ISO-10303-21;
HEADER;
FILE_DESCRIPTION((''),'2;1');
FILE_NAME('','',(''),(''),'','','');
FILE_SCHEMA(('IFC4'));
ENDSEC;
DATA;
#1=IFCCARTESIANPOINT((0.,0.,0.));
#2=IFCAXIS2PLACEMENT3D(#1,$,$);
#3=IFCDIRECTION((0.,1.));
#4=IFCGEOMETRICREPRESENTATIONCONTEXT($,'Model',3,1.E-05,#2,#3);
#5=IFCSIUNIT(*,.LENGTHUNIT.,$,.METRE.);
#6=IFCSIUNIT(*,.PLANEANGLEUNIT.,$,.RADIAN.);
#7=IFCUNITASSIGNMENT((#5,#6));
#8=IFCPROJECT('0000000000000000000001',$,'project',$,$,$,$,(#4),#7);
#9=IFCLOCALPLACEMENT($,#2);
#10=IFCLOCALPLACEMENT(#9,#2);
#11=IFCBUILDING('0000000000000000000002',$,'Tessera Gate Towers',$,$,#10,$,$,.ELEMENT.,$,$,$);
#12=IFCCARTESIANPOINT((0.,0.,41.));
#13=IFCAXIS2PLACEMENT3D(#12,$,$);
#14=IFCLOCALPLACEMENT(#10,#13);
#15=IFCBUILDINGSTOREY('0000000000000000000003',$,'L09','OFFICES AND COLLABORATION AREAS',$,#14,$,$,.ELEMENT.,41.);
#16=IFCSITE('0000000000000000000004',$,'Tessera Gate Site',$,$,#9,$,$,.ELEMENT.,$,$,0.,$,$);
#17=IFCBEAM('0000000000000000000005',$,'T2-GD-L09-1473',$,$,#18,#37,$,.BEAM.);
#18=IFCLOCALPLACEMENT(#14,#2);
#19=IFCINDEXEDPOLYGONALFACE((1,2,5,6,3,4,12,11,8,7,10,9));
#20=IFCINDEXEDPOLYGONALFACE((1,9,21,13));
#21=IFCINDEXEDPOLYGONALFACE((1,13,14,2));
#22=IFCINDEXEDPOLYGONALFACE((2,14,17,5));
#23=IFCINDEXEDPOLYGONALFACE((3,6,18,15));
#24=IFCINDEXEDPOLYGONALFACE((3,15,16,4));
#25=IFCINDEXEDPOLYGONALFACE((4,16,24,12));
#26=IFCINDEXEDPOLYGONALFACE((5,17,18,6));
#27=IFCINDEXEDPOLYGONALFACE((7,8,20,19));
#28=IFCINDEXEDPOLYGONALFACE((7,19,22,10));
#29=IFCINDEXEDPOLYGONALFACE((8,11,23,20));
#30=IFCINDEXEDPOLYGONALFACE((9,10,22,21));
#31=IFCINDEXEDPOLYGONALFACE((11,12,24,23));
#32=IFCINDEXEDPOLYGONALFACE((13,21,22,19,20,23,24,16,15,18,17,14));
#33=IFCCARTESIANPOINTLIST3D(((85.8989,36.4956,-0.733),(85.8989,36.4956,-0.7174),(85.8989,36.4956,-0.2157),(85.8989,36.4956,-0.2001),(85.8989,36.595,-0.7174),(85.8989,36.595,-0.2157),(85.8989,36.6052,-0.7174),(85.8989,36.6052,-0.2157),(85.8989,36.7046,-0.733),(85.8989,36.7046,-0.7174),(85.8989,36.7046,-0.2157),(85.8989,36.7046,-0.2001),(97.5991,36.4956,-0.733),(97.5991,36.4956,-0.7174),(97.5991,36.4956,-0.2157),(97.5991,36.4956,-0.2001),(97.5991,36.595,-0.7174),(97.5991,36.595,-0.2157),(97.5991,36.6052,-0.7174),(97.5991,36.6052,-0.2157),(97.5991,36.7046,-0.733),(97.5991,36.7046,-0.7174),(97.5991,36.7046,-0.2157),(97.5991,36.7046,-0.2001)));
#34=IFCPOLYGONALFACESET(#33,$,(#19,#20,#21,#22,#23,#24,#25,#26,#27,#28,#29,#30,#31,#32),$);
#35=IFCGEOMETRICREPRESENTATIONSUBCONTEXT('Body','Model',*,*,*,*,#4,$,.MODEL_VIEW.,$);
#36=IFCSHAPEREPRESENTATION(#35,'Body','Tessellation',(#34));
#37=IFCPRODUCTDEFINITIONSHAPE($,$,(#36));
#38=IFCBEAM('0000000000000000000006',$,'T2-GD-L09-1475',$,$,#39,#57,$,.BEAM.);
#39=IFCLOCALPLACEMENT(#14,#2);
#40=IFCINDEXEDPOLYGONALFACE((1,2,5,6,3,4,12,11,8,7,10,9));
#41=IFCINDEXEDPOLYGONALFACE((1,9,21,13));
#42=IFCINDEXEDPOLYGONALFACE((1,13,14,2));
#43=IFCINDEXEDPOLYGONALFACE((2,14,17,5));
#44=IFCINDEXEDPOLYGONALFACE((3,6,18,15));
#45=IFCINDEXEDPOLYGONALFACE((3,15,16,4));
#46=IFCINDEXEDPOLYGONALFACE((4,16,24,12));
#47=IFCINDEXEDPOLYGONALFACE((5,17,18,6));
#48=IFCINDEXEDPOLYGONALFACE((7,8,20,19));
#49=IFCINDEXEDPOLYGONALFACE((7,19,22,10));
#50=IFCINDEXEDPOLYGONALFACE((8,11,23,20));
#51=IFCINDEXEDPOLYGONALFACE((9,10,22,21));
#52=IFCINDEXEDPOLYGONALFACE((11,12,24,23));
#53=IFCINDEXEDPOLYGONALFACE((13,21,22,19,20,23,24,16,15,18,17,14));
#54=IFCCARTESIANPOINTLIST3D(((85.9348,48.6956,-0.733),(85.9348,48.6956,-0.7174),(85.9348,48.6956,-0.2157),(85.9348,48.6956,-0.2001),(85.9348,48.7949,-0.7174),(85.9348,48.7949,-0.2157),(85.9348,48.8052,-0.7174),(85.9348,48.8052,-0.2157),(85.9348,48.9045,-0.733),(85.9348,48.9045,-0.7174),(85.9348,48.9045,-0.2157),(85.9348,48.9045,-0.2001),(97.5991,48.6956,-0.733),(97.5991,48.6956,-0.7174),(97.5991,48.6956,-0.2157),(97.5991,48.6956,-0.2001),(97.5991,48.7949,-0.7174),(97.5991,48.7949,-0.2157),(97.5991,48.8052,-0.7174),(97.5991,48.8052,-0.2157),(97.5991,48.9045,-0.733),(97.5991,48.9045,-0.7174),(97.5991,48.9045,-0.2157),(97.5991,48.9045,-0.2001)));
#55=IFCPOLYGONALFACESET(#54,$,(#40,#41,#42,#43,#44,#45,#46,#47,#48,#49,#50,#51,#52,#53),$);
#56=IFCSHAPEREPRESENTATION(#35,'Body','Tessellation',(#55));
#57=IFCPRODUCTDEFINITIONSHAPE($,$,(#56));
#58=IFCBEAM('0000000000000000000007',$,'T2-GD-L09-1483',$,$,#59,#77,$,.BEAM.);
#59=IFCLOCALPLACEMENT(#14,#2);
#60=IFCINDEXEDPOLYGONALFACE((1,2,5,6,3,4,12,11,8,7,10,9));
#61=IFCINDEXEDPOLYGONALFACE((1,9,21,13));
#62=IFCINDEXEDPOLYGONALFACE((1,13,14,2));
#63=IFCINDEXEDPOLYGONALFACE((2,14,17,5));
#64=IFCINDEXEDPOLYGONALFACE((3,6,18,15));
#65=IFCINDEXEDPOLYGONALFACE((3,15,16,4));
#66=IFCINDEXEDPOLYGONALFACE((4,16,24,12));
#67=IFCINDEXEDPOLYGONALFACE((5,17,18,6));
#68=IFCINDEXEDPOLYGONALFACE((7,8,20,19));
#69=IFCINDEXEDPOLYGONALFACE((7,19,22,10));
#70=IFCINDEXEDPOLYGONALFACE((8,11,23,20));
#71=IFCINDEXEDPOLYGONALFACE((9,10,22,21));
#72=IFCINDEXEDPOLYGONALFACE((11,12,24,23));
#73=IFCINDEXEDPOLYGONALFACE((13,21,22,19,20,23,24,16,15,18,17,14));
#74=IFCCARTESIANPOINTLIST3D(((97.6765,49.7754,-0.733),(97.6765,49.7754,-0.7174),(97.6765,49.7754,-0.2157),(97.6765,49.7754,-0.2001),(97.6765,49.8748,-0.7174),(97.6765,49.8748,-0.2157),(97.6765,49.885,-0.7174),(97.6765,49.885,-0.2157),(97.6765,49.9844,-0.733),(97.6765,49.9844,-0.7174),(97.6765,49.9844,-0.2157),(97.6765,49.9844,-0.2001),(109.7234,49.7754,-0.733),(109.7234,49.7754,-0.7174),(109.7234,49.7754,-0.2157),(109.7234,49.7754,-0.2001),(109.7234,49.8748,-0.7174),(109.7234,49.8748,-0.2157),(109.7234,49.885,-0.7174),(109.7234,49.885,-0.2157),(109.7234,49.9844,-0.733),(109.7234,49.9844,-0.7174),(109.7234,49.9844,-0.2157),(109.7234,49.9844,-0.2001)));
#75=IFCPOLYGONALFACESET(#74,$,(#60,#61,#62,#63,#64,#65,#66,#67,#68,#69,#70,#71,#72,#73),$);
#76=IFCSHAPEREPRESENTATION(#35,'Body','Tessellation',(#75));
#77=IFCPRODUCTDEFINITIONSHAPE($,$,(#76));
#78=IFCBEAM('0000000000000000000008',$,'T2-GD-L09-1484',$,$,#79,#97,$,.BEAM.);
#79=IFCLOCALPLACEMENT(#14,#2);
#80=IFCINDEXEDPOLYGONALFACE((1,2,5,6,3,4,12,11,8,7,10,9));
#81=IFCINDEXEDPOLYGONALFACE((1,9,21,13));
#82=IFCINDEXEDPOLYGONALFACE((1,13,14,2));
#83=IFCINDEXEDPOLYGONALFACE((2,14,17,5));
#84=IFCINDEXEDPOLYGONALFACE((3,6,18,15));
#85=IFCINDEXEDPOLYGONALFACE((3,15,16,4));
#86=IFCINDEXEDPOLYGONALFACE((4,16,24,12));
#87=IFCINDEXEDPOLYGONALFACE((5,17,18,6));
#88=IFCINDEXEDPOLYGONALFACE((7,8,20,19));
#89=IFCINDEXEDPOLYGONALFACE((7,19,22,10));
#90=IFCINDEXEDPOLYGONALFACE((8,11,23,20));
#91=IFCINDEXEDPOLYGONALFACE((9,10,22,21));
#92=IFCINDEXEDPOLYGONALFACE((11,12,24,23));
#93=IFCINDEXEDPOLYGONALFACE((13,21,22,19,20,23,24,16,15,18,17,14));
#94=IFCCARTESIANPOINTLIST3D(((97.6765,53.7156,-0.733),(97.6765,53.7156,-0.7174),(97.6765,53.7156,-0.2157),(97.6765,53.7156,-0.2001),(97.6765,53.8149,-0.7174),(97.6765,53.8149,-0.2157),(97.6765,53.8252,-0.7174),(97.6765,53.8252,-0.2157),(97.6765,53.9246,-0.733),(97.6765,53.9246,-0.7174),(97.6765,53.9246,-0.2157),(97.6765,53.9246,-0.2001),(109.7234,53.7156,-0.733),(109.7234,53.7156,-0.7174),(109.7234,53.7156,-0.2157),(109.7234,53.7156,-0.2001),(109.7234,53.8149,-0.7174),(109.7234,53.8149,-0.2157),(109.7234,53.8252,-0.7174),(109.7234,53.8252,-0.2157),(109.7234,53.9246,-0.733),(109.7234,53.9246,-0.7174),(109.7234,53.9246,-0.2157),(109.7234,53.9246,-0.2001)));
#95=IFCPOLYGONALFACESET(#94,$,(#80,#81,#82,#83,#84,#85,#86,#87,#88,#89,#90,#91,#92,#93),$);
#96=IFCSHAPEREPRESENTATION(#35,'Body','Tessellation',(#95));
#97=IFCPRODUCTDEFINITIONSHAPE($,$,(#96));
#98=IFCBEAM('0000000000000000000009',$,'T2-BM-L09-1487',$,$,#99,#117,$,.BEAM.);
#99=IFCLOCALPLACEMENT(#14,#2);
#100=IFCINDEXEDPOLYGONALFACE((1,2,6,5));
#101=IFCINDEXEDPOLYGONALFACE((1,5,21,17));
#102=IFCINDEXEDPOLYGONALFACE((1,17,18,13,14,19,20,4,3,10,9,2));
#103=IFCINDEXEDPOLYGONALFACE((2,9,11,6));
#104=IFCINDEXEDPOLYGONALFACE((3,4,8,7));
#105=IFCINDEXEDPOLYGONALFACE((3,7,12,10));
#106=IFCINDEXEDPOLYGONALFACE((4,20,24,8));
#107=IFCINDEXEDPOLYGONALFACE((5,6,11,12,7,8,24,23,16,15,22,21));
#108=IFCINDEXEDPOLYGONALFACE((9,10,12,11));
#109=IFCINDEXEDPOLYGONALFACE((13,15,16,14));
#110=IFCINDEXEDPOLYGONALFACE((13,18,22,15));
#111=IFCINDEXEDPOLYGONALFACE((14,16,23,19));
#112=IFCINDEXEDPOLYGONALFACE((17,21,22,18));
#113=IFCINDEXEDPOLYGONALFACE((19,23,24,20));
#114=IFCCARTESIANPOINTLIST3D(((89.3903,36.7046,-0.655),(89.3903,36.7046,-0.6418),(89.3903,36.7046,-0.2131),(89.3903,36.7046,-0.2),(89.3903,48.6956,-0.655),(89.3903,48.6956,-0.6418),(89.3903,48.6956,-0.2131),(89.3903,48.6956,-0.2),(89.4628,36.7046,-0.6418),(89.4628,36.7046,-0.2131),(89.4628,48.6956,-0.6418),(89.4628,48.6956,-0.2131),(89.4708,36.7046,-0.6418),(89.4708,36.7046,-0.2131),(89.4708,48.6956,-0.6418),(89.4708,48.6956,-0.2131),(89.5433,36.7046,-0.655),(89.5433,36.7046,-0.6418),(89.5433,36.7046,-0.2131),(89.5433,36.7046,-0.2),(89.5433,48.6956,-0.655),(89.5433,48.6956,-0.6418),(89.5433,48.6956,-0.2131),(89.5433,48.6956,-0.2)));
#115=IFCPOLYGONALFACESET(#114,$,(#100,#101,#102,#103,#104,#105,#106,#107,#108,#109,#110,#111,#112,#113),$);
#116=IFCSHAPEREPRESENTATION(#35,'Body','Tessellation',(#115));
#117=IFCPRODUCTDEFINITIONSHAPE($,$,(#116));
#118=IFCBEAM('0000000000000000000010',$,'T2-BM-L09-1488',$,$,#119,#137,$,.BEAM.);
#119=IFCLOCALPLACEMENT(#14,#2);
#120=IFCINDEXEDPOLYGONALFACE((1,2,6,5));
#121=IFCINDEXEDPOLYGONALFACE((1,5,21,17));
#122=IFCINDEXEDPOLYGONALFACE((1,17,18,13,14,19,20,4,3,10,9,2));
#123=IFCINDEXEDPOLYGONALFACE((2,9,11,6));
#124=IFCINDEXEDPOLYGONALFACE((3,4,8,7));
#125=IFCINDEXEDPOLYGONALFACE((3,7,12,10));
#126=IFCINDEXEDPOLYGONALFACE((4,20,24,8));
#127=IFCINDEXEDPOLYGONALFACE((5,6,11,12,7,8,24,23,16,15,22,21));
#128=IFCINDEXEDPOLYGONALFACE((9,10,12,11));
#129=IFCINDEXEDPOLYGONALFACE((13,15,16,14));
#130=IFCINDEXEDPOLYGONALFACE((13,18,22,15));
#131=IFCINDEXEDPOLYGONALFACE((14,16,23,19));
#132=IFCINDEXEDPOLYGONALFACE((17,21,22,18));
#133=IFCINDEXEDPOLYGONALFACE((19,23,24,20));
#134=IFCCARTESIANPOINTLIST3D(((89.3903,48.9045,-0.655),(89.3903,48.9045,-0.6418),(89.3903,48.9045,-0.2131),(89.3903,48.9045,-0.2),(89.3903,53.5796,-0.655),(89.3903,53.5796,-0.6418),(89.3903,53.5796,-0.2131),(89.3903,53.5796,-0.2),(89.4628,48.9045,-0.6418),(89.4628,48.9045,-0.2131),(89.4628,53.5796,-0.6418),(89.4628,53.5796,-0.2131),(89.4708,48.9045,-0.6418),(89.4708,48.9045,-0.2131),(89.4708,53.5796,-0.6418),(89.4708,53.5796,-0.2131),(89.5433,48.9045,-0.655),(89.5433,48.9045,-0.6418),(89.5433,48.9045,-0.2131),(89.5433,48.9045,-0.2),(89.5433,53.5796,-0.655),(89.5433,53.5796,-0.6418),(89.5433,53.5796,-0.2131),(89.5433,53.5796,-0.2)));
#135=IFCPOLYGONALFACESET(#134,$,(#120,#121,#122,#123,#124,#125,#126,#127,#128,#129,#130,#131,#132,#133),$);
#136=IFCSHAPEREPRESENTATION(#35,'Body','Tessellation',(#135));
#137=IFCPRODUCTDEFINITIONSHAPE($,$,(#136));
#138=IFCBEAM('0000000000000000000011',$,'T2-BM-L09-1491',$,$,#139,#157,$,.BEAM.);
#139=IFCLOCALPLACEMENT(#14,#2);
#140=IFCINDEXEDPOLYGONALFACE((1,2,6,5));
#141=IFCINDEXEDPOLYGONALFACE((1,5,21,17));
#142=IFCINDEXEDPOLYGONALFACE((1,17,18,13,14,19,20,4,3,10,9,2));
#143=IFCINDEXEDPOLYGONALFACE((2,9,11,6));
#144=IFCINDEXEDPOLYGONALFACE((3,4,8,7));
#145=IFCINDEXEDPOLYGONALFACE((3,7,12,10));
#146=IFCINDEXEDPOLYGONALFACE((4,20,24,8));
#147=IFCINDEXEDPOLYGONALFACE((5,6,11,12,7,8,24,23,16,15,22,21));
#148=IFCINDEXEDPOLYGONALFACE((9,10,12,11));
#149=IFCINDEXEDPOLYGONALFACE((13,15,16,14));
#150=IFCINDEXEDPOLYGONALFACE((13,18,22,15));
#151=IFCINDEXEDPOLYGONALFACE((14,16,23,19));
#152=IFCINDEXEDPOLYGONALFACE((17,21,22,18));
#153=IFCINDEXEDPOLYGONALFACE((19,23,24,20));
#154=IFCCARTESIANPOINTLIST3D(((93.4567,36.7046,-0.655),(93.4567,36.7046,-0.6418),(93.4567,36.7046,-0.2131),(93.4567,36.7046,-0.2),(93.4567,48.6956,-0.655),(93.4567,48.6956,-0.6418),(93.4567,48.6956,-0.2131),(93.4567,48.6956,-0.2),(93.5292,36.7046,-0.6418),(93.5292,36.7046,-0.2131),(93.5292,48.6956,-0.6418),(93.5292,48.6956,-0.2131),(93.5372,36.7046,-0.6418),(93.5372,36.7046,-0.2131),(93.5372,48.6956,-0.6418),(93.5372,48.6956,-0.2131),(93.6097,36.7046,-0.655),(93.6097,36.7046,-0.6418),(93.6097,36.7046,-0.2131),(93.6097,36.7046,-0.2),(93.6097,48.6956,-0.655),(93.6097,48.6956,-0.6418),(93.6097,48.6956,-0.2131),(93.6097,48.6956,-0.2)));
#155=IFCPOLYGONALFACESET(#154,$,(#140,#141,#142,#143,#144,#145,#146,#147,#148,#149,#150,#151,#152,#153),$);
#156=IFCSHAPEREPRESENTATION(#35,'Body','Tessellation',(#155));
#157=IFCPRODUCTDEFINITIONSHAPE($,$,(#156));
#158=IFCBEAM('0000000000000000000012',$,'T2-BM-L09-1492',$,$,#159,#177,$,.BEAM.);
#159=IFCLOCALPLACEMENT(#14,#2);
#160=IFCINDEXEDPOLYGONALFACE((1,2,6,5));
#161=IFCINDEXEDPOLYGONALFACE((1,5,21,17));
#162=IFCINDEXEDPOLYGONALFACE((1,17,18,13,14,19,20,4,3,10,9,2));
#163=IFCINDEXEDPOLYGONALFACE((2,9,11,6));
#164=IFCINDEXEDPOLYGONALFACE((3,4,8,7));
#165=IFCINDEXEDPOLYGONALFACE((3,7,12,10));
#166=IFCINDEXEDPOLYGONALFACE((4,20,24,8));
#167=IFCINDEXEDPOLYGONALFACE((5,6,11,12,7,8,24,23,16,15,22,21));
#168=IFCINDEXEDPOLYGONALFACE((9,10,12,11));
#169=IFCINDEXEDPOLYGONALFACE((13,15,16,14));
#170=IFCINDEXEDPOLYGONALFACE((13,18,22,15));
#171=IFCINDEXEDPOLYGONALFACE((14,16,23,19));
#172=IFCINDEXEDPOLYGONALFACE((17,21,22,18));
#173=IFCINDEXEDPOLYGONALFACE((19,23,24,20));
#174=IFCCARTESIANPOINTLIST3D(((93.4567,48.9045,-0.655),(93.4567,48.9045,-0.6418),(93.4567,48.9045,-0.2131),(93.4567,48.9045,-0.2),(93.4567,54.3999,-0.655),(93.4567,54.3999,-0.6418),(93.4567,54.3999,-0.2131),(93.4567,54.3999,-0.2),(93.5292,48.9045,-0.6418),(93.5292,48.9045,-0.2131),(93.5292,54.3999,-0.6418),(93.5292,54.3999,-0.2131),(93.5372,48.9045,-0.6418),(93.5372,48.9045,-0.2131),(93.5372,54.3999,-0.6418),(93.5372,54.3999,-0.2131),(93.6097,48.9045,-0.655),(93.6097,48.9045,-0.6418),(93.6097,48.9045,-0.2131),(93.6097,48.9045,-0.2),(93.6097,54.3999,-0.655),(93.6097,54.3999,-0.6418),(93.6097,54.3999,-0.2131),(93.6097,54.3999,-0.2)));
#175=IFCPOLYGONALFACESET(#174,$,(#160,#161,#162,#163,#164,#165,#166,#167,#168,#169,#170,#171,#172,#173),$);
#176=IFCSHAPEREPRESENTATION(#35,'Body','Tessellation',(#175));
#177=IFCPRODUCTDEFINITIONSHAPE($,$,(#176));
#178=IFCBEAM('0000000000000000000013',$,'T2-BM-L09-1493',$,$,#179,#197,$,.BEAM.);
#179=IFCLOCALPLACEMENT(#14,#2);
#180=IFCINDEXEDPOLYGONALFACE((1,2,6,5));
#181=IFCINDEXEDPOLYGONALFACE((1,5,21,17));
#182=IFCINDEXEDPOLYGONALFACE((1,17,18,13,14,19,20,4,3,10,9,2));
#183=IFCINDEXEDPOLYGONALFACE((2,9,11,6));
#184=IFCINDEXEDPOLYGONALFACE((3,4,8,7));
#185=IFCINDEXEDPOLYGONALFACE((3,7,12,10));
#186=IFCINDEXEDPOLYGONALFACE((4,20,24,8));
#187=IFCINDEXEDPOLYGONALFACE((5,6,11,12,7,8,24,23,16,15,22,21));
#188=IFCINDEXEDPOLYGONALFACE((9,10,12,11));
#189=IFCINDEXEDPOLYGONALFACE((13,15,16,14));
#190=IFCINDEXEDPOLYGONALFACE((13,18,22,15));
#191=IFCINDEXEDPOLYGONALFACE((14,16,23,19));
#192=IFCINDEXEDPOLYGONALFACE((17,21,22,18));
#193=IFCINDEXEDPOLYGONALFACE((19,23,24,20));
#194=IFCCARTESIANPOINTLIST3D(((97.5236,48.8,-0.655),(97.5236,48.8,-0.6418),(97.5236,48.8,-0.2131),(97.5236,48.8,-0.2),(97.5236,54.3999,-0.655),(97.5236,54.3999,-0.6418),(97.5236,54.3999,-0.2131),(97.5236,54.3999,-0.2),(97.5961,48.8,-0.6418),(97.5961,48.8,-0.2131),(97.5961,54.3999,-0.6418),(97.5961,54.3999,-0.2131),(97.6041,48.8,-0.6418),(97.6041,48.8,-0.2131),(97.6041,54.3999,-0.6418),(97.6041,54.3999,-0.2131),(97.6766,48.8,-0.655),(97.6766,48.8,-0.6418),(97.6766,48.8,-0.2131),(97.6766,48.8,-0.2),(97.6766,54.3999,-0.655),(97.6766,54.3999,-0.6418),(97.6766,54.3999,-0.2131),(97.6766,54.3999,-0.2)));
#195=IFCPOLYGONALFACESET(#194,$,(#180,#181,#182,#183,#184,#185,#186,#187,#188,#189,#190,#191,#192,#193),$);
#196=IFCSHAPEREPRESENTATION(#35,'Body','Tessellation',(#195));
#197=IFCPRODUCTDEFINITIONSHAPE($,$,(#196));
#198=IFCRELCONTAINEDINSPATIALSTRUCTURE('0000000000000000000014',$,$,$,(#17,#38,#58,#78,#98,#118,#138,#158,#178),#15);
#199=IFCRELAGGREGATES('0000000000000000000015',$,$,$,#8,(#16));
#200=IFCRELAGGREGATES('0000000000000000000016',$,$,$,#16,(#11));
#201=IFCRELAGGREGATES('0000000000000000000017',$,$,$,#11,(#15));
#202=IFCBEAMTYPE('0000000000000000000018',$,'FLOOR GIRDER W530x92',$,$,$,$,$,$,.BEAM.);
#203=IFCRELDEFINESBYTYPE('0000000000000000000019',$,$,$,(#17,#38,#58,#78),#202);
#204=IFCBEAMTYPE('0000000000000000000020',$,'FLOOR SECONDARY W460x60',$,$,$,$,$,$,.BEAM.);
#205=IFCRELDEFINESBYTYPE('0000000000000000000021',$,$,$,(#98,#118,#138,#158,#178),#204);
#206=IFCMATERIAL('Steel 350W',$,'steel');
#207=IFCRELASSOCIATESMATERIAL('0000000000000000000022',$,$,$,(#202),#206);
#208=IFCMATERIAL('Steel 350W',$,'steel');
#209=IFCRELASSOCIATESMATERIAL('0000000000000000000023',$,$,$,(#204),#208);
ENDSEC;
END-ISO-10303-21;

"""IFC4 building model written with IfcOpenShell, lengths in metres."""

from ifc_helpers import new_model, si_unit, direction, frame, origin, origin_2d, place, context, subcontext, project, spatial, i_section, extrude, material, material_profile, profile_set, type_object, element, save


model = new_model("IFC4")

# Units and contexts
model_context = context("Model", 3, precision=1e-05, world=origin(), true_north=direction((0.0, 1.0)))
body_context = subcontext(model_context, "Body", "Model", "MODEL_VIEW")
ifc_project = project(units=[si_unit("LENGTHUNIT", "METRE"), si_unit("PLANEANGLEUNIT", "RADIAN")], contexts=[model_context])

# Site, building, storey
site_placement = place(None, origin())
site = spatial("IfcSite", under=ifc_project, at=site_placement, Name="Tessera Gate Site", CompositionType="ELEMENT", RefElevation=0.0)
building_placement = place(site_placement, origin())
building = spatial("IfcBuilding", under=site, at=building_placement, Name="Tessera Gate Towers", CompositionType="ELEMENT")
storey_placement = place(building_placement, frame((0.0, 0.0, 41.0)))
storey = spatial("IfcBuildingStorey", under=building, at=storey_placement, Name="L09", Description="OFFICES AND COLLABORATION AREAS", CompositionType="ELEMENT", Elevation=41.0)

# Beams
ifc_material_1 = material(Name="Steel 350W", Category="steel")
ifc_material_profile_1 = material_profile(ifc_material_1, i_section(OverallWidth=0.209, OverallDepth=0.533, WebThickness=0.0103, FlangeThickness=0.0156, at=origin_2d()), Name="W530x92")
ifc_profile_set_1 = profile_set([ifc_material_profile_1], Name="Steel 350W")
beam_type_1 = type_object("IfcBeamType", Name="FLOOR GIRDER W530x92", PredefinedType="BEAM", material=ifc_profile_set_1)
beam_1_placement = place(storey_placement, frame((85.8989, 36.6001, -0.4666), z_axis=(1.0, 0.0, 0.0), x_axis=(0.0, 1.0, 0.0)))
element("IfcBeam", 1, at=beam_1_placement, inside=storey, type_object=beam_type_1, Name="T2-GD-L09-1473", PredefinedType="BEAM", context=body_context, shape_type="SweptSolid", body=[
    extrude(i_section(OverallWidth=0.209, OverallDepth=0.533, WebThickness=0.0103, FlangeThickness=0.0156, at=origin_2d()), origin(), (0.0, 0.0, 1.0), 11.7002),
])
beam_2_placement = place(storey_placement, frame((85.9348, 48.8, -0.4666), z_axis=(1.0, 0.0, 0.0), x_axis=(0.0, 1.0, 0.0)))
element("IfcBeam", 2, at=beam_2_placement, inside=storey, type_object=beam_type_1, Name="T2-GD-L09-1475", PredefinedType="BEAM", context=body_context, shape_type="SweptSolid", body=[
    extrude(i_section(OverallWidth=0.209, OverallDepth=0.533, WebThickness=0.0103, FlangeThickness=0.0156, at=origin_2d()), origin(), (0.0, 0.0, 1.0), 11.6643),
])
for number, where, z_axis, x_axis, name in (
    (3, (97.6765, 49.8799, -0.4666), (1.0, 0.0, 0.0), (0.0, 1.0, 0.0), "T2-GD-L09-1483"),
    (4, (97.6765, 53.8201, -0.4666), (1.0, 0.0, 0.0), (0.0, 1.0, 0.0), "T2-GD-L09-1484"),
):
    element("IfcBeam", number, at=place(storey_placement, frame(where, z_axis=z_axis, x_axis=x_axis)), inside=storey, type_object=beam_type_1, Name=name, PredefinedType="BEAM", context=body_context, shape_type="SweptSolid", body=[
        extrude(i_section(OverallWidth=0.209, OverallDepth=0.533, WebThickness=0.0103, FlangeThickness=0.0156, at=origin_2d()), origin(), (0.0, 0.0, 1.0), 12.0469),
    ])
ifc_material_2 = material(Name="Steel 350W", Category="steel")
ifc_material_profile_2 = material_profile(ifc_material_2, i_section(OverallWidth=0.1531, OverallDepth=0.4551, WebThickness=0.0081, FlangeThickness=0.0132, at=origin_2d()), Name="W460x60")
ifc_profile_set_2 = profile_set([ifc_material_profile_2], Name="Steel 350W")
beam_type_2 = type_object("IfcBeamType", Name="FLOOR SECONDARY W460x60", PredefinedType="BEAM", material=ifc_profile_set_2)
beam_3_placement = place(storey_placement, frame((89.4668, 36.7046, -0.4275), z_axis=(0.0, 1.0, 0.0), x_axis=(-1.0, 0.0, 0.0)))
element("IfcBeam", 5, at=beam_3_placement, inside=storey, type_object=beam_type_2, Name="T2-BM-L09-1487", PredefinedType="BEAM", context=body_context, shape_type="SweptSolid", body=[
    extrude(i_section(OverallWidth=0.1531, OverallDepth=0.4551, WebThickness=0.0081, FlangeThickness=0.0132, at=origin_2d()), origin(), (0.0, 0.0, 1.0), 11.991),
])
beam_4_placement = place(storey_placement, frame((89.4668, 48.9045, -0.4275), z_axis=(0.0, 1.0, 0.0), x_axis=(-1.0, 0.0, 0.0)))
element("IfcBeam", 6, at=beam_4_placement, inside=storey, type_object=beam_type_2, Name="T2-BM-L09-1488", PredefinedType="BEAM", context=body_context, shape_type="SweptSolid", body=[
    extrude(i_section(OverallWidth=0.1531, OverallDepth=0.4551, WebThickness=0.0081, FlangeThickness=0.0132, at=origin_2d()), origin(), (0.0, 0.0, 1.0), 4.675),
])
beam_5_placement = place(storey_placement, frame((93.5332, 36.7046, -0.4275), z_axis=(0.0, 1.0, 0.0), x_axis=(-1.0, 0.0, 0.0)))
element("IfcBeam", 7, at=beam_5_placement, inside=storey, type_object=beam_type_2, Name="T2-BM-L09-1491", PredefinedType="BEAM", context=body_context, shape_type="SweptSolid", body=[
    extrude(i_section(OverallWidth=0.1531, OverallDepth=0.4551, WebThickness=0.0081, FlangeThickness=0.0132, at=origin_2d()), origin(), (0.0, 0.0, 1.0), 11.991),
])
beam_6_placement = place(storey_placement, frame((93.5332, 48.9045, -0.4275), z_axis=(0.0, 1.0, 0.0), x_axis=(-1.0, 0.0, 0.0)))
element("IfcBeam", 8, at=beam_6_placement, inside=storey, type_object=beam_type_2, Name="T2-BM-L09-1492", PredefinedType="BEAM", context=body_context, shape_type="SweptSolid", body=[
    extrude(i_section(OverallWidth=0.1531, OverallDepth=0.4551, WebThickness=0.0081, FlangeThickness=0.0132, at=origin_2d()), origin(), (0.0, 0.0, 1.0), 5.4954),
])
beam_7_placement = place(storey_placement, frame((97.6001, 48.8, -0.4275), z_axis=(0.0, 1.0, 0.0), x_axis=(-1.0, 0.0, 0.0)))
element("IfcBeam", 9, at=beam_7_placement, inside=storey, type_object=beam_type_2, Name="T2-BM-L09-1493", PredefinedType="BEAM", context=body_context, shape_type="SweptSolid", body=[
    extrude(i_section(OverallWidth=0.1531, OverallDepth=0.4551, WebThickness=0.0081, FlangeThickness=0.0132, at=origin_2d()), origin(), (0.0, 0.0, 1.0), 5.5999),
])

save(model, "model.ifc")
